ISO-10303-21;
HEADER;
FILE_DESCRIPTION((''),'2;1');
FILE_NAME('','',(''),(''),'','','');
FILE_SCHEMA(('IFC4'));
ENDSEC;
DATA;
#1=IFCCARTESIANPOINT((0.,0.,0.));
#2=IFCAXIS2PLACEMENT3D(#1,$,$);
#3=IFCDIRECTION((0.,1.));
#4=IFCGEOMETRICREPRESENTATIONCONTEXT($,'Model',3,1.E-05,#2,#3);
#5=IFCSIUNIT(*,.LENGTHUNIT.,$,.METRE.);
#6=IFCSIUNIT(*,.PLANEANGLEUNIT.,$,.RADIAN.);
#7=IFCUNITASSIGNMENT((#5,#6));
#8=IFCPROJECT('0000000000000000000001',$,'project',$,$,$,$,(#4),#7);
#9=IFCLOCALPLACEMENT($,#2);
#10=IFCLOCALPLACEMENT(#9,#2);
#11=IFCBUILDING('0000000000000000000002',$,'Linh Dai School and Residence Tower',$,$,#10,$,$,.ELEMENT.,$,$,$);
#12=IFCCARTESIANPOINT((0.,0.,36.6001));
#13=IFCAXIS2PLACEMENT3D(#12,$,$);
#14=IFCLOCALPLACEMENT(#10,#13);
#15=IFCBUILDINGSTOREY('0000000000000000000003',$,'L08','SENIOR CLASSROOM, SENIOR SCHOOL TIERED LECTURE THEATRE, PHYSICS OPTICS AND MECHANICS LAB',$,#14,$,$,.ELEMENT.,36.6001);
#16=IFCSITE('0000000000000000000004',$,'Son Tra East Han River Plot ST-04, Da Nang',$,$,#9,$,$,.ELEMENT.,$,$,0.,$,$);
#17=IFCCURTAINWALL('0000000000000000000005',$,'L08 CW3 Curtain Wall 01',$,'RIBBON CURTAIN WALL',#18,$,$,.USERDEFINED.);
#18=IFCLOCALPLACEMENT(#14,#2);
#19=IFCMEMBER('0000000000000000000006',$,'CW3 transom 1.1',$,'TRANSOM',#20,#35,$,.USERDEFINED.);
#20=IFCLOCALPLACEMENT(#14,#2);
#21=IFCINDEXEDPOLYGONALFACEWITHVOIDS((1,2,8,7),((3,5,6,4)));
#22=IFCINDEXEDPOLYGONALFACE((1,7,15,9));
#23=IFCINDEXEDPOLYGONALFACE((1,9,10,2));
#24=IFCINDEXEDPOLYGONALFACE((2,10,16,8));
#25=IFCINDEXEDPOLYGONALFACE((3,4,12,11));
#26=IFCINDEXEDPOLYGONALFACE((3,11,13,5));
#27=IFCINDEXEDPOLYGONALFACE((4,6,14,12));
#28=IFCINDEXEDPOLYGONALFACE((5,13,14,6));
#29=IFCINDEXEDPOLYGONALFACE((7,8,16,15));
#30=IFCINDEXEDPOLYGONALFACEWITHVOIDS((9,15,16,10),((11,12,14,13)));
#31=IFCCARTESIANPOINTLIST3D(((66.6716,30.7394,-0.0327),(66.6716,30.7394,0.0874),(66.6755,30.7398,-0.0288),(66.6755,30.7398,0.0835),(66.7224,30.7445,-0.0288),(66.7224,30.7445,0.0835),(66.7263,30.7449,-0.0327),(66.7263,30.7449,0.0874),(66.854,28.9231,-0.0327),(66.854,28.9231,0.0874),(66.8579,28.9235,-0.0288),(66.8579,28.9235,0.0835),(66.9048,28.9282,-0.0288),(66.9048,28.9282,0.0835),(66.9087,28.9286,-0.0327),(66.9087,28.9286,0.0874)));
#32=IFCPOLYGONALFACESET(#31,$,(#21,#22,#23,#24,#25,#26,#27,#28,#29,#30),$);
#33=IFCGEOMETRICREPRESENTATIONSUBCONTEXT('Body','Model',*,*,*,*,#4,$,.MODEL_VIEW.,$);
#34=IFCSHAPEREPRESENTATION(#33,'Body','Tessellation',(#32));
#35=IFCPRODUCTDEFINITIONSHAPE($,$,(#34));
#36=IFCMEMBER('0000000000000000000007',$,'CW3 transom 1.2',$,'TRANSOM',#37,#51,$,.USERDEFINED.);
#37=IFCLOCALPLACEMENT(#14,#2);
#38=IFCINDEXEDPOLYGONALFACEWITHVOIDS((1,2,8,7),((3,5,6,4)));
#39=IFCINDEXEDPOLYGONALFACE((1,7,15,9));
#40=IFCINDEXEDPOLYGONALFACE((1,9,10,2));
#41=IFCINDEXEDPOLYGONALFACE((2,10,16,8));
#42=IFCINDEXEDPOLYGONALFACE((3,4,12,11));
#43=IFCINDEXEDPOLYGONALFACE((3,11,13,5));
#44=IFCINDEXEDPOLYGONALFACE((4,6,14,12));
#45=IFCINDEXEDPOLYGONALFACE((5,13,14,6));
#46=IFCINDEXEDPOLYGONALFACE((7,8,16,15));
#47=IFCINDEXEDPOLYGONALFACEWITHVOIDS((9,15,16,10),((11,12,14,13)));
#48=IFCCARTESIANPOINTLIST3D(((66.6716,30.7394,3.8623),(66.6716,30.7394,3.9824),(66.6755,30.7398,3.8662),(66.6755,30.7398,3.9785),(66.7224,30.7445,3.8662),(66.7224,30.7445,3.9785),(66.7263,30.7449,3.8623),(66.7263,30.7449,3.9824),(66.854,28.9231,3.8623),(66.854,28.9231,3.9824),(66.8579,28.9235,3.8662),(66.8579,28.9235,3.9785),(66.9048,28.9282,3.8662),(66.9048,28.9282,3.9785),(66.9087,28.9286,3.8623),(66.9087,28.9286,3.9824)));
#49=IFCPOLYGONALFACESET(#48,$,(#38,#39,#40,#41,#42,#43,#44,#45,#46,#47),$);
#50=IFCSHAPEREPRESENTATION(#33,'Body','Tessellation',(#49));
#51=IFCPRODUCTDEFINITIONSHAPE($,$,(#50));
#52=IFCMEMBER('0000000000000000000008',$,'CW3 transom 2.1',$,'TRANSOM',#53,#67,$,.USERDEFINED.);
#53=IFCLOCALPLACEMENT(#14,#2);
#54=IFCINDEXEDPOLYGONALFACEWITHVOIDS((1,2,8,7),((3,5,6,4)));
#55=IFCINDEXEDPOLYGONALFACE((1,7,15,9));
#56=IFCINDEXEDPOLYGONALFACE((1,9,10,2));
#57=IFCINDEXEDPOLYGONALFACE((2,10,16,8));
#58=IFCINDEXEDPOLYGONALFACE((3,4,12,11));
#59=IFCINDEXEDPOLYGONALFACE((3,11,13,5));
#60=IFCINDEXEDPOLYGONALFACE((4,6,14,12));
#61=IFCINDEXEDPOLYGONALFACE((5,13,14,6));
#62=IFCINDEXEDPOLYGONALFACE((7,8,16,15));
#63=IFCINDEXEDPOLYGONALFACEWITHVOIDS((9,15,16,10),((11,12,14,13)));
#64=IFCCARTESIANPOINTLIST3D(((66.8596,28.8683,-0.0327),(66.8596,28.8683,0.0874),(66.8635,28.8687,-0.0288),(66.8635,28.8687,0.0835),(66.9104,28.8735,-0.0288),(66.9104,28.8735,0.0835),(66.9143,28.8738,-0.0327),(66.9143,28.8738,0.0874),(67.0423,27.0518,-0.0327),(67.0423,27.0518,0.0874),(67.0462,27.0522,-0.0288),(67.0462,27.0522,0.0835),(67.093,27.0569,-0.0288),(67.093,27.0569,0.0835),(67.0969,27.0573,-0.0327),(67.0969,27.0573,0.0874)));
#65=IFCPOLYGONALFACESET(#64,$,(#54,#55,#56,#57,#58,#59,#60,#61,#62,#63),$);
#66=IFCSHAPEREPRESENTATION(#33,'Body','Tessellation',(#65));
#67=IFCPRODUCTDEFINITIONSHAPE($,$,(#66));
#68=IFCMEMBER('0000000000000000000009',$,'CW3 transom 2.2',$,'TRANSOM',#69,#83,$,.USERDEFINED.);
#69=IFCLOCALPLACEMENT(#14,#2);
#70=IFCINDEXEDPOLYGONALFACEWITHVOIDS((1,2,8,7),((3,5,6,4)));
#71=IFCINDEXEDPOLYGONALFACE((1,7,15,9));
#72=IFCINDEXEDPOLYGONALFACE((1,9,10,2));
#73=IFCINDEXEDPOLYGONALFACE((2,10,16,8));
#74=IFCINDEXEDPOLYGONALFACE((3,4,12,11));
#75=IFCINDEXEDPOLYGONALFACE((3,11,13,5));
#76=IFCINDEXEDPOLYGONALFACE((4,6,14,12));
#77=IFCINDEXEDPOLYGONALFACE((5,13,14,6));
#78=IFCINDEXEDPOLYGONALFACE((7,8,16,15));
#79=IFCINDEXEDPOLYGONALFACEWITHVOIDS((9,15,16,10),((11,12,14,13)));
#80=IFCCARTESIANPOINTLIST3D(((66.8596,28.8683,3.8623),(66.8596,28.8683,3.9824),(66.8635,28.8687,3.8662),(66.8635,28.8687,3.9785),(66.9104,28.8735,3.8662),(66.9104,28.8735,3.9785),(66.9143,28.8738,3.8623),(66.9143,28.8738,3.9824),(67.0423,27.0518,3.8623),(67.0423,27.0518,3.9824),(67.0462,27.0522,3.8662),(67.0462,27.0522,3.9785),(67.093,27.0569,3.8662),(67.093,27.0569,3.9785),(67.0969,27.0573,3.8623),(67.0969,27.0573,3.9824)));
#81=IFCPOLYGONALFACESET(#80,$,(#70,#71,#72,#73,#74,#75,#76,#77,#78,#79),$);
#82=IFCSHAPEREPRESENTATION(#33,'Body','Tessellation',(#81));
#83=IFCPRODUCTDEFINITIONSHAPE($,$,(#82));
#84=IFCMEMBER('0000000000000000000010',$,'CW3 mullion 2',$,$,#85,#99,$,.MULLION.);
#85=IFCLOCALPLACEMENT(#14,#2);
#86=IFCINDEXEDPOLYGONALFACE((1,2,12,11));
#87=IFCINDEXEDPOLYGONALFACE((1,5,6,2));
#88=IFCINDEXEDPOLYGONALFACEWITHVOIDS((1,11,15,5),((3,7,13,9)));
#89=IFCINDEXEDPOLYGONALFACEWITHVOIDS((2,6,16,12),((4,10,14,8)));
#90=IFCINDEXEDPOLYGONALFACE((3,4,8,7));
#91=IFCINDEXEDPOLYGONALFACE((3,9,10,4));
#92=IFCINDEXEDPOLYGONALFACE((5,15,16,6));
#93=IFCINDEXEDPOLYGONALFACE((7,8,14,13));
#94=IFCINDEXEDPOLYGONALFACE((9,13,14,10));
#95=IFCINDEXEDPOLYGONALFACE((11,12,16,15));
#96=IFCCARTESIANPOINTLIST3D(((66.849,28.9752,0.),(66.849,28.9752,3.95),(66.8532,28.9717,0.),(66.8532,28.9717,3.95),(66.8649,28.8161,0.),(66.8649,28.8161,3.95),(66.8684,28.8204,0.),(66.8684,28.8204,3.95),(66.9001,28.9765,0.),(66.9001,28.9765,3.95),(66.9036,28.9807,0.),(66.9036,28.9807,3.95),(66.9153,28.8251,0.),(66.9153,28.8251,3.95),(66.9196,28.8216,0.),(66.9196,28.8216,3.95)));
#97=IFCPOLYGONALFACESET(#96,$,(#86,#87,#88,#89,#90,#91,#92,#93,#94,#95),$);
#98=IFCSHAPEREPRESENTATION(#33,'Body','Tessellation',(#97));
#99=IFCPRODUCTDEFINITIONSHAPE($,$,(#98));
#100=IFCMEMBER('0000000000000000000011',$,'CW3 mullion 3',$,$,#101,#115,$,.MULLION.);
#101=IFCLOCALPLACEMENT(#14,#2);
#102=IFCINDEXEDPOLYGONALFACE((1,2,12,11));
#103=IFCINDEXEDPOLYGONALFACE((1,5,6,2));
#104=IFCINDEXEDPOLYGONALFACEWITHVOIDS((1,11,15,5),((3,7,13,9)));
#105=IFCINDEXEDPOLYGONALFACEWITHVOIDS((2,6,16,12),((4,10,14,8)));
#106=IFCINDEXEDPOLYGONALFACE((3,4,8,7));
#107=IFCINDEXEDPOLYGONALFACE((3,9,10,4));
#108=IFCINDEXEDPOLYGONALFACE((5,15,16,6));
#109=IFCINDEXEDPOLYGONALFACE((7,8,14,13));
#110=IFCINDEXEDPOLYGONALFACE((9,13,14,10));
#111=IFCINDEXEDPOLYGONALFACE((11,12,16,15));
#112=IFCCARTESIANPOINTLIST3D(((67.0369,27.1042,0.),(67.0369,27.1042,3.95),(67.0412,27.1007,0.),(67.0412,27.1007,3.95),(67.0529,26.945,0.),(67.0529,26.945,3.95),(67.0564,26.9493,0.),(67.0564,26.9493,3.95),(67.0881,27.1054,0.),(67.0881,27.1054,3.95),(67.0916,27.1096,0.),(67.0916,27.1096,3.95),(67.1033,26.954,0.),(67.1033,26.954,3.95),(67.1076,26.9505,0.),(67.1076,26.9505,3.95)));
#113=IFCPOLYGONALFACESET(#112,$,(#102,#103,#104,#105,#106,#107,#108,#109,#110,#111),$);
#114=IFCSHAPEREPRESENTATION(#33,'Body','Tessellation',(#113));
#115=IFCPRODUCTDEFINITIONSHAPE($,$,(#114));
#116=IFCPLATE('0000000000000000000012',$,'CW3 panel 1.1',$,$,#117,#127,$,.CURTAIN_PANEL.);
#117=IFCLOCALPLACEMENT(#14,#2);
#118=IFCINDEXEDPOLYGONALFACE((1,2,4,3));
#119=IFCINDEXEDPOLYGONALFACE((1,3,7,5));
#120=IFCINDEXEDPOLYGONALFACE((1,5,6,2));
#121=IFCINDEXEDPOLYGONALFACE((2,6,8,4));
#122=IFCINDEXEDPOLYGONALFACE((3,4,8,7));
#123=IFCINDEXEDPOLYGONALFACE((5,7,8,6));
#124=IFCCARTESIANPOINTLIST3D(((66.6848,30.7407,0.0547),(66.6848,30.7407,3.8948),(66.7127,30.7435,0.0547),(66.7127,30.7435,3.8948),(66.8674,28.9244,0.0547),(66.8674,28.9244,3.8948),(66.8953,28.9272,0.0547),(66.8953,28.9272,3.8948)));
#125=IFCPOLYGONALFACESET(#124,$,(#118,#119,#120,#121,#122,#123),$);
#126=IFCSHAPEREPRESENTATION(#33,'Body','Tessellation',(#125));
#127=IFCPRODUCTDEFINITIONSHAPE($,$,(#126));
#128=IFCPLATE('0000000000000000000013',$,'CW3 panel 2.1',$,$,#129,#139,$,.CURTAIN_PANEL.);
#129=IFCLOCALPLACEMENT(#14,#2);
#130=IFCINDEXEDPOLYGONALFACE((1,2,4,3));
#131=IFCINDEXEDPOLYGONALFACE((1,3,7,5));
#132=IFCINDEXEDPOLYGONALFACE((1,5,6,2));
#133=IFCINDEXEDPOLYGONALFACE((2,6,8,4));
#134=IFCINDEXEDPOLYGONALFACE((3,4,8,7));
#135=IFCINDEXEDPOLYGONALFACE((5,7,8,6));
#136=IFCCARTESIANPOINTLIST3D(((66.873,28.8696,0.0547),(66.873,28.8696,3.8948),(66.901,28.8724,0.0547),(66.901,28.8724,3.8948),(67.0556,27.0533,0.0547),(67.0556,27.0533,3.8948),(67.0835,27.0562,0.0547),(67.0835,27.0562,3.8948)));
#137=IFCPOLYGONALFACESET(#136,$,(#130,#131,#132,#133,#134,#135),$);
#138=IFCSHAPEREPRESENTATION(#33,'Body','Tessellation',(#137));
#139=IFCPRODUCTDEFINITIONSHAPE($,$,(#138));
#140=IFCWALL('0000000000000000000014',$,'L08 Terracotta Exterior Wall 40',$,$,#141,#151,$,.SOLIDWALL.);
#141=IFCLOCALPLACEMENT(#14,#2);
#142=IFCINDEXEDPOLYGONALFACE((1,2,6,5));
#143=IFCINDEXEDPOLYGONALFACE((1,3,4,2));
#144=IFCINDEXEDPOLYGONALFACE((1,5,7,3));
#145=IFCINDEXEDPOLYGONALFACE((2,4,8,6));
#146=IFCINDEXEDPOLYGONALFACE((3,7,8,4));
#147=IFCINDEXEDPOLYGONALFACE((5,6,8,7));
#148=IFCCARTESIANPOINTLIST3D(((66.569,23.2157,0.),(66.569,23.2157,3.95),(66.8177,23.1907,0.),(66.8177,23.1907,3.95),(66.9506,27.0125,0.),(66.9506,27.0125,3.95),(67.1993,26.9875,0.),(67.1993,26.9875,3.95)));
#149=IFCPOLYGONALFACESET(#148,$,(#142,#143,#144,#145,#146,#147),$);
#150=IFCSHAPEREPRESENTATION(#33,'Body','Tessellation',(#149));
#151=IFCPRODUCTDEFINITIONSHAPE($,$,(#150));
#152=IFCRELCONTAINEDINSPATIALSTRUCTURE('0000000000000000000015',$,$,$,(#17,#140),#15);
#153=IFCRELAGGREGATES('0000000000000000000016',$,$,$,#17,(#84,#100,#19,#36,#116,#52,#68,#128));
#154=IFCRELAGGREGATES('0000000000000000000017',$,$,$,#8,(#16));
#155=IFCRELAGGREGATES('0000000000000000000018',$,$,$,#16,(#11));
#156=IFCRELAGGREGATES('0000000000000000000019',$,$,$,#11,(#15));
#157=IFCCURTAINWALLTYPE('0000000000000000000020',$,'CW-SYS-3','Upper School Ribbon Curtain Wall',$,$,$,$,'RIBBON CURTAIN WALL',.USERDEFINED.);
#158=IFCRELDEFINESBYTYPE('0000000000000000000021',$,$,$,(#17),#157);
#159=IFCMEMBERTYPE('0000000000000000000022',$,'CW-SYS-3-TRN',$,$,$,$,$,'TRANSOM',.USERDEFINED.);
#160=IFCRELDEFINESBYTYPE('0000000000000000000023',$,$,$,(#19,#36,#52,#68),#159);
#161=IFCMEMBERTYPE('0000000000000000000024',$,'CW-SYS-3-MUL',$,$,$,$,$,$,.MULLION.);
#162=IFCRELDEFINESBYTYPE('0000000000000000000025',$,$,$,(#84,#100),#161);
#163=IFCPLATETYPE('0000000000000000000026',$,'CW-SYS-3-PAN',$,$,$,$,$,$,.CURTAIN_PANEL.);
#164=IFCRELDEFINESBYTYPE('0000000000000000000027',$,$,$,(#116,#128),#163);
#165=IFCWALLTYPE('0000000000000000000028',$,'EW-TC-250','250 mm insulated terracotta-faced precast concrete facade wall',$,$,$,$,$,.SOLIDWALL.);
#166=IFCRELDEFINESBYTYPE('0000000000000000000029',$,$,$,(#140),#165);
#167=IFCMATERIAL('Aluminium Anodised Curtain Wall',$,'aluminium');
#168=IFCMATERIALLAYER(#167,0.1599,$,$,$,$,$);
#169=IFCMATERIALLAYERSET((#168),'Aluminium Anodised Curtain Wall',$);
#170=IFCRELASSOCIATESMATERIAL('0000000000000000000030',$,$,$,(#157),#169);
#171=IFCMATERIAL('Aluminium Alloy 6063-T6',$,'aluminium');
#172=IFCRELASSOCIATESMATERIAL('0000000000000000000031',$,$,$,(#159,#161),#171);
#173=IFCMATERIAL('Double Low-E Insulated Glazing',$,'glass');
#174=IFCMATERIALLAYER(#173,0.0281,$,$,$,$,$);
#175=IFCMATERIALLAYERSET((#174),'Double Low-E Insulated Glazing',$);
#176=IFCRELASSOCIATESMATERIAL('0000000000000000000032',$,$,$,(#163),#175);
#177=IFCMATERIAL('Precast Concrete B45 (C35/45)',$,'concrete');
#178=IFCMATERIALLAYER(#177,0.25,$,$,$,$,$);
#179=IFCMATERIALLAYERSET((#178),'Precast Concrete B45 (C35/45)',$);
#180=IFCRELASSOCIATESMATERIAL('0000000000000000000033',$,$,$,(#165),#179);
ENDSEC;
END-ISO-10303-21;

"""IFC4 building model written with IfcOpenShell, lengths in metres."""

from ifc_helpers import new_model, si_unit, direction, frame, frame_2d, origin, origin_2d, place, context, subcontext, project, spatial, rectangle, hollow_rectangle, extrude, source, transform, mapped, material, layer, layer_set, material_profile, profile_set, type_object, element, aggregate, save


model = new_model("IFC4")

# Units and contexts
model_context = context("Model", 3, precision=1e-05, world=origin(), true_north=direction((0.0, 1.0)))
body_context = subcontext(model_context, "Body", "Model", "MODEL_VIEW")
ifc_project = project(units=[si_unit("LENGTHUNIT", "METRE"), si_unit("PLANEANGLEUNIT", "RADIAN")], contexts=[model_context])

# Site, building, storey
site_placement = place(None, origin())
site = spatial("IfcSite", under=ifc_project, at=site_placement, Name="Son Tra East Han River Plot ST-04, Da Nang", CompositionType="ELEMENT", RefElevation=0.0)
building_placement = place(site_placement, origin())
building = spatial("IfcBuilding", under=site, at=building_placement, Name="Linh Dai School and Residence Tower", CompositionType="ELEMENT")
storey_placement = place(building_placement, frame((0.0, 0.0, 36.6001)))
storey = spatial("IfcBuildingStorey", under=building, at=storey_placement, Name="L08", Description="SENIOR CLASSROOM, SENIOR SCHOOL TIERED LECTURE THEATRE, PHYSICS OPTICS AND MECHANICS LAB", CompositionType="ELEMENT", Elevation=36.6001)

# Curtain wall, members, plates
ifc_material_1 = material(Name="Aluminium Anodised Curtain Wall", Category="aluminium")
ifc_layer_1 = layer(ifc_material_1, 0.1599)
ifc_layer_set_1 = layer_set([ifc_layer_1], Name="Aluminium Anodised Curtain Wall")
curtain_wall_type = type_object("IfcCurtainWallType", Name="CW-SYS-3", Description="Upper School Ribbon Curtain Wall", ElementType="RIBBON CURTAIN WALL", PredefinedType="USERDEFINED", material=ifc_layer_set_1)
curtain_wall_placement = place(storey_placement, origin())
curtain_wall = element("IfcCurtainWall", 1, at=curtain_wall_placement, inside=storey, type_object=curtain_wall_type, Name="L08 CW3 Curtain Wall 01", ObjectType="RIBBON CURTAIN WALL", PredefinedType="USERDEFINED")
ifc_material_2 = material(Name="Aluminium Alloy 6063-T6", Category="aluminium")
ifc_material_profile_1 = material_profile(ifc_material_2, hollow_rectangle(XDim=0.0549, YDim=0.1201, WallThickness=0.0039, at=origin_2d()), Name="RHS 120x55x4")
ifc_profile_set_1 = profile_set([ifc_material_profile_1], Name="Aluminium Alloy 6063-T6")
member_type_1 = type_object("IfcMemberType", Name="CW-SYS-3-TRN", ElementType="TRANSOM", PredefinedType="USERDEFINED", material=ifc_profile_set_1)
shared_shape_1 = source(origin(), body_context, "Body", "SweptSolid", [
    extrude(hollow_rectangle(XDim=0.0549, YDim=0.1201, WallThickness=0.0039, at=origin_2d()), origin(), (0.0, 0.0, 1.0), 1.8254),
])
member_1_placement = place(storey_placement, frame((66.699, 30.7422, 0.0273), z_axis=(0.099901, -0.994997, 0.0), x_axis=(0.994997, 0.099901, 0.0)))
member_1 = element("IfcMember", 2, at=member_1_placement, type_object=member_type_1, Name="CW3 transom 1.1", ObjectType="TRANSOM", PredefinedType="USERDEFINED", context=body_context, shape_type="MappedRepresentation", body=[
    mapped(shared_shape_1, transform((0.0, 0.0, 0.0), x_axis=(1.0, 0.0, 0.0), y_axis=(0.0, 1.0, 0.0), z_axis=(0.0, 0.0, 1.0), scale=1.0)),
])
member_2_placement = place(storey_placement, frame((66.699, 30.7422, 3.9224), z_axis=(0.099901, -0.994997, 0.0), x_axis=(0.994997, 0.099901, 0.0)))
member_2 = element("IfcMember", 3, at=member_2_placement, type_object=member_type_1, Name="CW3 transom 1.2", ObjectType="TRANSOM", PredefinedType="USERDEFINED", context=body_context, shape_type="MappedRepresentation", body=[
    mapped(shared_shape_1, transform((0.0, 0.0, 0.0), x_axis=(1.0, 0.0, 0.0), y_axis=(0.0, 1.0, 0.0), z_axis=(0.0, 0.0, 1.0), scale=1.0)),
])
shared_shape_2 = source(origin(), body_context, "Body", "SweptSolid", [
    extrude(hollow_rectangle(XDim=0.0549, YDim=0.1201, WallThickness=0.0039, at=origin_2d()), origin(), (0.0, 0.0, 1.0), 1.8257),
])
member_3_placement = place(storey_placement, frame((66.887, 28.8711, 0.0273), z_axis=(0.100033, -0.994984, 0.0), x_axis=(0.994984, 0.100033, 0.0)))
member_3 = element("IfcMember", 4, at=member_3_placement, type_object=member_type_1, Name="CW3 transom 2.1", ObjectType="TRANSOM", PredefinedType="USERDEFINED", context=body_context, shape_type="MappedRepresentation", body=[
    mapped(shared_shape_2, transform((0.0, 0.0, 0.0), x_axis=(1.0, 0.0, 0.0), y_axis=(0.0, 1.0, 0.0), z_axis=(0.0, 0.0, 1.0), scale=1.0)),
])
member_4_placement = place(storey_placement, frame((66.887, 28.8711, 3.9224), z_axis=(0.100033, -0.994984, 0.0), x_axis=(0.994984, 0.100033, 0.0)))
member_4 = element("IfcMember", 5, at=member_4_placement, type_object=member_type_1, Name="CW3 transom 2.2", ObjectType="TRANSOM", PredefinedType="USERDEFINED", context=body_context, shape_type="MappedRepresentation", body=[
    mapped(shared_shape_2, transform((0.0, 0.0, 0.0), x_axis=(1.0, 0.0, 0.0), y_axis=(0.0, 1.0, 0.0), z_axis=(0.0, 0.0, 1.0), scale=1.0)),
])
ifc_material_profile_2 = material_profile(ifc_material_2, hollow_rectangle(XDim=0.0549, YDim=0.1599, WallThickness=0.0039, at=origin_2d()), Name="RHS 160x55x4")
ifc_profile_set_2 = profile_set([ifc_material_profile_2], Name="Aluminium Alloy 6063-T6")
member_type_2 = type_object("IfcMemberType", Name="CW-SYS-3-MUL", PredefinedType="MULLION", material=ifc_profile_set_2)
shared_shape_3 = source(origin(), body_context, "Body", "SweptSolid", [
    extrude(hollow_rectangle(XDim=0.0549, YDim=0.1599, WallThickness=0.0039, at=origin_2d()), origin(), (0.0, 0.0, 1.0), 3.95),
])
member_5_placement = place(storey_placement, frame((66.8843, 28.8984, 0.0), z_axis=(0.0, 0.0, 1.0), x_axis=(0.994986, 0.100009, 0.0)))
member_5 = element("IfcMember", 6, at=member_5_placement, type_object=member_type_2, Name="CW3 mullion 2", PredefinedType="MULLION", context=body_context, shape_type="MappedRepresentation", body=[
    mapped(shared_shape_3, transform((0.0, 0.0, 0.0), x_axis=(1.0, 0.0, 0.0), y_axis=(0.0, 1.0, 0.0), z_axis=(0.0, 0.0, 1.0), scale=1.0)),
])
member_6_placement = place(storey_placement, frame((67.0723, 27.0273, 0.0), z_axis=(0.0, 0.0, 1.0), x_axis=(0.994986, 0.100009, 0.0)))
member_6 = element("IfcMember", 7, at=member_6_placement, type_object=member_type_2, Name="CW3 mullion 3", PredefinedType="MULLION", context=body_context, shape_type="MappedRepresentation", body=[
    mapped(shared_shape_3, transform((0.0, 0.0, 0.0), x_axis=(1.0, 0.0, 0.0), y_axis=(0.0, 1.0, 0.0), z_axis=(0.0, 0.0, 1.0), scale=1.0)),
])
ifc_material_3 = material(Name="Double Low-E Insulated Glazing", Category="glass")
ifc_layer_2 = layer(ifc_material_3, 0.0281)
ifc_layer_set_2 = layer_set([ifc_layer_2], Name="Double Low-E Insulated Glazing")
plate_type = type_object("IfcPlateType", Name="CW-SYS-3-PAN", PredefinedType="CURTAIN_PANEL", material=ifc_layer_set_2)
shared_shape_4 = source(origin(), body_context, "Body", "SweptSolid", [
    extrude(rectangle(XDim=1.8254, YDim=0.0281, at=origin_2d()), origin(), (0.0, 0.0, 1.0), 3.8401),
])
plate_1_placement = place(storey_placement, frame((66.79, 29.834, 0.0547), z_axis=(0.0, 0.0, 1.0), x_axis=(0.100009, -0.994986, 0.0)))
plate_1 = element("IfcPlate", 8, at=plate_1_placement, type_object=plate_type, Name="CW3 panel 1.1", PredefinedType="CURTAIN_PANEL", context=body_context, shape_type="MappedRepresentation", body=[
    mapped(shared_shape_4, transform((0.0, 0.0, 0.0), x_axis=(1.0, 0.0, 0.0), y_axis=(0.0, 1.0, 0.0), z_axis=(0.0, 0.0, 1.0), scale=1.0)),
])
plate_2_placement = place(storey_placement, frame((66.9783, 27.9629, 0.0547), z_axis=(0.0, 0.0, 1.0), x_axis=(0.100009, -0.994986, 0.0)))
plate_2 = element("IfcPlate", 9, at=plate_2_placement, type_object=plate_type, Name="CW3 panel 2.1", PredefinedType="CURTAIN_PANEL", context=body_context, shape_type="MappedRepresentation", body=[
    mapped(shared_shape_4, transform((0.0, 0.0, 0.0), x_axis=(1.0, 0.0, 0.0), y_axis=(0.0, 1.0, 0.0), z_axis=(0.0, 0.0, 1.0), scale=1.0)),
])
aggregate(curtain_wall, [member_5, member_6, member_1, member_2, plate_1, member_3, member_4, plate_2])

# Wall
ifc_material_4 = material(Name="Precast Concrete B45 (C35/45)", Category="concrete")
ifc_layer_3 = layer(ifc_material_4, 0.25)
ifc_layer_set_3 = layer_set([ifc_layer_3], Name="Precast Concrete B45 (C35/45)")
wall_type_1 = type_object("IfcWallType", Name="EW-TC-250", Description="250 mm insulated terracotta-faced precast concrete facade wall", PredefinedType="SOLIDWALL", material=ifc_layer_set_3)
wall_1_placement = place(storey_placement, frame((67.075, 27.0, 0.0), z_axis=(0.0, 0.0, 1.0), x_axis=(-0.099998, -0.994988, 0.0)))
element("IfcWall", 10, at=wall_1_placement, inside=storey, type_object=wall_type_1, Name="L08 Terracotta Exterior Wall 40", PredefinedType="SOLIDWALL", context=body_context, shape_type="SweptSolid", body=[
    extrude(rectangle(XDim=3.8159, YDim=0.25, at=frame_2d((1.908, 0.0))), origin(), (0.0, 0.0, 1.0), 3.95),
])

save(model, "model.ifc")
